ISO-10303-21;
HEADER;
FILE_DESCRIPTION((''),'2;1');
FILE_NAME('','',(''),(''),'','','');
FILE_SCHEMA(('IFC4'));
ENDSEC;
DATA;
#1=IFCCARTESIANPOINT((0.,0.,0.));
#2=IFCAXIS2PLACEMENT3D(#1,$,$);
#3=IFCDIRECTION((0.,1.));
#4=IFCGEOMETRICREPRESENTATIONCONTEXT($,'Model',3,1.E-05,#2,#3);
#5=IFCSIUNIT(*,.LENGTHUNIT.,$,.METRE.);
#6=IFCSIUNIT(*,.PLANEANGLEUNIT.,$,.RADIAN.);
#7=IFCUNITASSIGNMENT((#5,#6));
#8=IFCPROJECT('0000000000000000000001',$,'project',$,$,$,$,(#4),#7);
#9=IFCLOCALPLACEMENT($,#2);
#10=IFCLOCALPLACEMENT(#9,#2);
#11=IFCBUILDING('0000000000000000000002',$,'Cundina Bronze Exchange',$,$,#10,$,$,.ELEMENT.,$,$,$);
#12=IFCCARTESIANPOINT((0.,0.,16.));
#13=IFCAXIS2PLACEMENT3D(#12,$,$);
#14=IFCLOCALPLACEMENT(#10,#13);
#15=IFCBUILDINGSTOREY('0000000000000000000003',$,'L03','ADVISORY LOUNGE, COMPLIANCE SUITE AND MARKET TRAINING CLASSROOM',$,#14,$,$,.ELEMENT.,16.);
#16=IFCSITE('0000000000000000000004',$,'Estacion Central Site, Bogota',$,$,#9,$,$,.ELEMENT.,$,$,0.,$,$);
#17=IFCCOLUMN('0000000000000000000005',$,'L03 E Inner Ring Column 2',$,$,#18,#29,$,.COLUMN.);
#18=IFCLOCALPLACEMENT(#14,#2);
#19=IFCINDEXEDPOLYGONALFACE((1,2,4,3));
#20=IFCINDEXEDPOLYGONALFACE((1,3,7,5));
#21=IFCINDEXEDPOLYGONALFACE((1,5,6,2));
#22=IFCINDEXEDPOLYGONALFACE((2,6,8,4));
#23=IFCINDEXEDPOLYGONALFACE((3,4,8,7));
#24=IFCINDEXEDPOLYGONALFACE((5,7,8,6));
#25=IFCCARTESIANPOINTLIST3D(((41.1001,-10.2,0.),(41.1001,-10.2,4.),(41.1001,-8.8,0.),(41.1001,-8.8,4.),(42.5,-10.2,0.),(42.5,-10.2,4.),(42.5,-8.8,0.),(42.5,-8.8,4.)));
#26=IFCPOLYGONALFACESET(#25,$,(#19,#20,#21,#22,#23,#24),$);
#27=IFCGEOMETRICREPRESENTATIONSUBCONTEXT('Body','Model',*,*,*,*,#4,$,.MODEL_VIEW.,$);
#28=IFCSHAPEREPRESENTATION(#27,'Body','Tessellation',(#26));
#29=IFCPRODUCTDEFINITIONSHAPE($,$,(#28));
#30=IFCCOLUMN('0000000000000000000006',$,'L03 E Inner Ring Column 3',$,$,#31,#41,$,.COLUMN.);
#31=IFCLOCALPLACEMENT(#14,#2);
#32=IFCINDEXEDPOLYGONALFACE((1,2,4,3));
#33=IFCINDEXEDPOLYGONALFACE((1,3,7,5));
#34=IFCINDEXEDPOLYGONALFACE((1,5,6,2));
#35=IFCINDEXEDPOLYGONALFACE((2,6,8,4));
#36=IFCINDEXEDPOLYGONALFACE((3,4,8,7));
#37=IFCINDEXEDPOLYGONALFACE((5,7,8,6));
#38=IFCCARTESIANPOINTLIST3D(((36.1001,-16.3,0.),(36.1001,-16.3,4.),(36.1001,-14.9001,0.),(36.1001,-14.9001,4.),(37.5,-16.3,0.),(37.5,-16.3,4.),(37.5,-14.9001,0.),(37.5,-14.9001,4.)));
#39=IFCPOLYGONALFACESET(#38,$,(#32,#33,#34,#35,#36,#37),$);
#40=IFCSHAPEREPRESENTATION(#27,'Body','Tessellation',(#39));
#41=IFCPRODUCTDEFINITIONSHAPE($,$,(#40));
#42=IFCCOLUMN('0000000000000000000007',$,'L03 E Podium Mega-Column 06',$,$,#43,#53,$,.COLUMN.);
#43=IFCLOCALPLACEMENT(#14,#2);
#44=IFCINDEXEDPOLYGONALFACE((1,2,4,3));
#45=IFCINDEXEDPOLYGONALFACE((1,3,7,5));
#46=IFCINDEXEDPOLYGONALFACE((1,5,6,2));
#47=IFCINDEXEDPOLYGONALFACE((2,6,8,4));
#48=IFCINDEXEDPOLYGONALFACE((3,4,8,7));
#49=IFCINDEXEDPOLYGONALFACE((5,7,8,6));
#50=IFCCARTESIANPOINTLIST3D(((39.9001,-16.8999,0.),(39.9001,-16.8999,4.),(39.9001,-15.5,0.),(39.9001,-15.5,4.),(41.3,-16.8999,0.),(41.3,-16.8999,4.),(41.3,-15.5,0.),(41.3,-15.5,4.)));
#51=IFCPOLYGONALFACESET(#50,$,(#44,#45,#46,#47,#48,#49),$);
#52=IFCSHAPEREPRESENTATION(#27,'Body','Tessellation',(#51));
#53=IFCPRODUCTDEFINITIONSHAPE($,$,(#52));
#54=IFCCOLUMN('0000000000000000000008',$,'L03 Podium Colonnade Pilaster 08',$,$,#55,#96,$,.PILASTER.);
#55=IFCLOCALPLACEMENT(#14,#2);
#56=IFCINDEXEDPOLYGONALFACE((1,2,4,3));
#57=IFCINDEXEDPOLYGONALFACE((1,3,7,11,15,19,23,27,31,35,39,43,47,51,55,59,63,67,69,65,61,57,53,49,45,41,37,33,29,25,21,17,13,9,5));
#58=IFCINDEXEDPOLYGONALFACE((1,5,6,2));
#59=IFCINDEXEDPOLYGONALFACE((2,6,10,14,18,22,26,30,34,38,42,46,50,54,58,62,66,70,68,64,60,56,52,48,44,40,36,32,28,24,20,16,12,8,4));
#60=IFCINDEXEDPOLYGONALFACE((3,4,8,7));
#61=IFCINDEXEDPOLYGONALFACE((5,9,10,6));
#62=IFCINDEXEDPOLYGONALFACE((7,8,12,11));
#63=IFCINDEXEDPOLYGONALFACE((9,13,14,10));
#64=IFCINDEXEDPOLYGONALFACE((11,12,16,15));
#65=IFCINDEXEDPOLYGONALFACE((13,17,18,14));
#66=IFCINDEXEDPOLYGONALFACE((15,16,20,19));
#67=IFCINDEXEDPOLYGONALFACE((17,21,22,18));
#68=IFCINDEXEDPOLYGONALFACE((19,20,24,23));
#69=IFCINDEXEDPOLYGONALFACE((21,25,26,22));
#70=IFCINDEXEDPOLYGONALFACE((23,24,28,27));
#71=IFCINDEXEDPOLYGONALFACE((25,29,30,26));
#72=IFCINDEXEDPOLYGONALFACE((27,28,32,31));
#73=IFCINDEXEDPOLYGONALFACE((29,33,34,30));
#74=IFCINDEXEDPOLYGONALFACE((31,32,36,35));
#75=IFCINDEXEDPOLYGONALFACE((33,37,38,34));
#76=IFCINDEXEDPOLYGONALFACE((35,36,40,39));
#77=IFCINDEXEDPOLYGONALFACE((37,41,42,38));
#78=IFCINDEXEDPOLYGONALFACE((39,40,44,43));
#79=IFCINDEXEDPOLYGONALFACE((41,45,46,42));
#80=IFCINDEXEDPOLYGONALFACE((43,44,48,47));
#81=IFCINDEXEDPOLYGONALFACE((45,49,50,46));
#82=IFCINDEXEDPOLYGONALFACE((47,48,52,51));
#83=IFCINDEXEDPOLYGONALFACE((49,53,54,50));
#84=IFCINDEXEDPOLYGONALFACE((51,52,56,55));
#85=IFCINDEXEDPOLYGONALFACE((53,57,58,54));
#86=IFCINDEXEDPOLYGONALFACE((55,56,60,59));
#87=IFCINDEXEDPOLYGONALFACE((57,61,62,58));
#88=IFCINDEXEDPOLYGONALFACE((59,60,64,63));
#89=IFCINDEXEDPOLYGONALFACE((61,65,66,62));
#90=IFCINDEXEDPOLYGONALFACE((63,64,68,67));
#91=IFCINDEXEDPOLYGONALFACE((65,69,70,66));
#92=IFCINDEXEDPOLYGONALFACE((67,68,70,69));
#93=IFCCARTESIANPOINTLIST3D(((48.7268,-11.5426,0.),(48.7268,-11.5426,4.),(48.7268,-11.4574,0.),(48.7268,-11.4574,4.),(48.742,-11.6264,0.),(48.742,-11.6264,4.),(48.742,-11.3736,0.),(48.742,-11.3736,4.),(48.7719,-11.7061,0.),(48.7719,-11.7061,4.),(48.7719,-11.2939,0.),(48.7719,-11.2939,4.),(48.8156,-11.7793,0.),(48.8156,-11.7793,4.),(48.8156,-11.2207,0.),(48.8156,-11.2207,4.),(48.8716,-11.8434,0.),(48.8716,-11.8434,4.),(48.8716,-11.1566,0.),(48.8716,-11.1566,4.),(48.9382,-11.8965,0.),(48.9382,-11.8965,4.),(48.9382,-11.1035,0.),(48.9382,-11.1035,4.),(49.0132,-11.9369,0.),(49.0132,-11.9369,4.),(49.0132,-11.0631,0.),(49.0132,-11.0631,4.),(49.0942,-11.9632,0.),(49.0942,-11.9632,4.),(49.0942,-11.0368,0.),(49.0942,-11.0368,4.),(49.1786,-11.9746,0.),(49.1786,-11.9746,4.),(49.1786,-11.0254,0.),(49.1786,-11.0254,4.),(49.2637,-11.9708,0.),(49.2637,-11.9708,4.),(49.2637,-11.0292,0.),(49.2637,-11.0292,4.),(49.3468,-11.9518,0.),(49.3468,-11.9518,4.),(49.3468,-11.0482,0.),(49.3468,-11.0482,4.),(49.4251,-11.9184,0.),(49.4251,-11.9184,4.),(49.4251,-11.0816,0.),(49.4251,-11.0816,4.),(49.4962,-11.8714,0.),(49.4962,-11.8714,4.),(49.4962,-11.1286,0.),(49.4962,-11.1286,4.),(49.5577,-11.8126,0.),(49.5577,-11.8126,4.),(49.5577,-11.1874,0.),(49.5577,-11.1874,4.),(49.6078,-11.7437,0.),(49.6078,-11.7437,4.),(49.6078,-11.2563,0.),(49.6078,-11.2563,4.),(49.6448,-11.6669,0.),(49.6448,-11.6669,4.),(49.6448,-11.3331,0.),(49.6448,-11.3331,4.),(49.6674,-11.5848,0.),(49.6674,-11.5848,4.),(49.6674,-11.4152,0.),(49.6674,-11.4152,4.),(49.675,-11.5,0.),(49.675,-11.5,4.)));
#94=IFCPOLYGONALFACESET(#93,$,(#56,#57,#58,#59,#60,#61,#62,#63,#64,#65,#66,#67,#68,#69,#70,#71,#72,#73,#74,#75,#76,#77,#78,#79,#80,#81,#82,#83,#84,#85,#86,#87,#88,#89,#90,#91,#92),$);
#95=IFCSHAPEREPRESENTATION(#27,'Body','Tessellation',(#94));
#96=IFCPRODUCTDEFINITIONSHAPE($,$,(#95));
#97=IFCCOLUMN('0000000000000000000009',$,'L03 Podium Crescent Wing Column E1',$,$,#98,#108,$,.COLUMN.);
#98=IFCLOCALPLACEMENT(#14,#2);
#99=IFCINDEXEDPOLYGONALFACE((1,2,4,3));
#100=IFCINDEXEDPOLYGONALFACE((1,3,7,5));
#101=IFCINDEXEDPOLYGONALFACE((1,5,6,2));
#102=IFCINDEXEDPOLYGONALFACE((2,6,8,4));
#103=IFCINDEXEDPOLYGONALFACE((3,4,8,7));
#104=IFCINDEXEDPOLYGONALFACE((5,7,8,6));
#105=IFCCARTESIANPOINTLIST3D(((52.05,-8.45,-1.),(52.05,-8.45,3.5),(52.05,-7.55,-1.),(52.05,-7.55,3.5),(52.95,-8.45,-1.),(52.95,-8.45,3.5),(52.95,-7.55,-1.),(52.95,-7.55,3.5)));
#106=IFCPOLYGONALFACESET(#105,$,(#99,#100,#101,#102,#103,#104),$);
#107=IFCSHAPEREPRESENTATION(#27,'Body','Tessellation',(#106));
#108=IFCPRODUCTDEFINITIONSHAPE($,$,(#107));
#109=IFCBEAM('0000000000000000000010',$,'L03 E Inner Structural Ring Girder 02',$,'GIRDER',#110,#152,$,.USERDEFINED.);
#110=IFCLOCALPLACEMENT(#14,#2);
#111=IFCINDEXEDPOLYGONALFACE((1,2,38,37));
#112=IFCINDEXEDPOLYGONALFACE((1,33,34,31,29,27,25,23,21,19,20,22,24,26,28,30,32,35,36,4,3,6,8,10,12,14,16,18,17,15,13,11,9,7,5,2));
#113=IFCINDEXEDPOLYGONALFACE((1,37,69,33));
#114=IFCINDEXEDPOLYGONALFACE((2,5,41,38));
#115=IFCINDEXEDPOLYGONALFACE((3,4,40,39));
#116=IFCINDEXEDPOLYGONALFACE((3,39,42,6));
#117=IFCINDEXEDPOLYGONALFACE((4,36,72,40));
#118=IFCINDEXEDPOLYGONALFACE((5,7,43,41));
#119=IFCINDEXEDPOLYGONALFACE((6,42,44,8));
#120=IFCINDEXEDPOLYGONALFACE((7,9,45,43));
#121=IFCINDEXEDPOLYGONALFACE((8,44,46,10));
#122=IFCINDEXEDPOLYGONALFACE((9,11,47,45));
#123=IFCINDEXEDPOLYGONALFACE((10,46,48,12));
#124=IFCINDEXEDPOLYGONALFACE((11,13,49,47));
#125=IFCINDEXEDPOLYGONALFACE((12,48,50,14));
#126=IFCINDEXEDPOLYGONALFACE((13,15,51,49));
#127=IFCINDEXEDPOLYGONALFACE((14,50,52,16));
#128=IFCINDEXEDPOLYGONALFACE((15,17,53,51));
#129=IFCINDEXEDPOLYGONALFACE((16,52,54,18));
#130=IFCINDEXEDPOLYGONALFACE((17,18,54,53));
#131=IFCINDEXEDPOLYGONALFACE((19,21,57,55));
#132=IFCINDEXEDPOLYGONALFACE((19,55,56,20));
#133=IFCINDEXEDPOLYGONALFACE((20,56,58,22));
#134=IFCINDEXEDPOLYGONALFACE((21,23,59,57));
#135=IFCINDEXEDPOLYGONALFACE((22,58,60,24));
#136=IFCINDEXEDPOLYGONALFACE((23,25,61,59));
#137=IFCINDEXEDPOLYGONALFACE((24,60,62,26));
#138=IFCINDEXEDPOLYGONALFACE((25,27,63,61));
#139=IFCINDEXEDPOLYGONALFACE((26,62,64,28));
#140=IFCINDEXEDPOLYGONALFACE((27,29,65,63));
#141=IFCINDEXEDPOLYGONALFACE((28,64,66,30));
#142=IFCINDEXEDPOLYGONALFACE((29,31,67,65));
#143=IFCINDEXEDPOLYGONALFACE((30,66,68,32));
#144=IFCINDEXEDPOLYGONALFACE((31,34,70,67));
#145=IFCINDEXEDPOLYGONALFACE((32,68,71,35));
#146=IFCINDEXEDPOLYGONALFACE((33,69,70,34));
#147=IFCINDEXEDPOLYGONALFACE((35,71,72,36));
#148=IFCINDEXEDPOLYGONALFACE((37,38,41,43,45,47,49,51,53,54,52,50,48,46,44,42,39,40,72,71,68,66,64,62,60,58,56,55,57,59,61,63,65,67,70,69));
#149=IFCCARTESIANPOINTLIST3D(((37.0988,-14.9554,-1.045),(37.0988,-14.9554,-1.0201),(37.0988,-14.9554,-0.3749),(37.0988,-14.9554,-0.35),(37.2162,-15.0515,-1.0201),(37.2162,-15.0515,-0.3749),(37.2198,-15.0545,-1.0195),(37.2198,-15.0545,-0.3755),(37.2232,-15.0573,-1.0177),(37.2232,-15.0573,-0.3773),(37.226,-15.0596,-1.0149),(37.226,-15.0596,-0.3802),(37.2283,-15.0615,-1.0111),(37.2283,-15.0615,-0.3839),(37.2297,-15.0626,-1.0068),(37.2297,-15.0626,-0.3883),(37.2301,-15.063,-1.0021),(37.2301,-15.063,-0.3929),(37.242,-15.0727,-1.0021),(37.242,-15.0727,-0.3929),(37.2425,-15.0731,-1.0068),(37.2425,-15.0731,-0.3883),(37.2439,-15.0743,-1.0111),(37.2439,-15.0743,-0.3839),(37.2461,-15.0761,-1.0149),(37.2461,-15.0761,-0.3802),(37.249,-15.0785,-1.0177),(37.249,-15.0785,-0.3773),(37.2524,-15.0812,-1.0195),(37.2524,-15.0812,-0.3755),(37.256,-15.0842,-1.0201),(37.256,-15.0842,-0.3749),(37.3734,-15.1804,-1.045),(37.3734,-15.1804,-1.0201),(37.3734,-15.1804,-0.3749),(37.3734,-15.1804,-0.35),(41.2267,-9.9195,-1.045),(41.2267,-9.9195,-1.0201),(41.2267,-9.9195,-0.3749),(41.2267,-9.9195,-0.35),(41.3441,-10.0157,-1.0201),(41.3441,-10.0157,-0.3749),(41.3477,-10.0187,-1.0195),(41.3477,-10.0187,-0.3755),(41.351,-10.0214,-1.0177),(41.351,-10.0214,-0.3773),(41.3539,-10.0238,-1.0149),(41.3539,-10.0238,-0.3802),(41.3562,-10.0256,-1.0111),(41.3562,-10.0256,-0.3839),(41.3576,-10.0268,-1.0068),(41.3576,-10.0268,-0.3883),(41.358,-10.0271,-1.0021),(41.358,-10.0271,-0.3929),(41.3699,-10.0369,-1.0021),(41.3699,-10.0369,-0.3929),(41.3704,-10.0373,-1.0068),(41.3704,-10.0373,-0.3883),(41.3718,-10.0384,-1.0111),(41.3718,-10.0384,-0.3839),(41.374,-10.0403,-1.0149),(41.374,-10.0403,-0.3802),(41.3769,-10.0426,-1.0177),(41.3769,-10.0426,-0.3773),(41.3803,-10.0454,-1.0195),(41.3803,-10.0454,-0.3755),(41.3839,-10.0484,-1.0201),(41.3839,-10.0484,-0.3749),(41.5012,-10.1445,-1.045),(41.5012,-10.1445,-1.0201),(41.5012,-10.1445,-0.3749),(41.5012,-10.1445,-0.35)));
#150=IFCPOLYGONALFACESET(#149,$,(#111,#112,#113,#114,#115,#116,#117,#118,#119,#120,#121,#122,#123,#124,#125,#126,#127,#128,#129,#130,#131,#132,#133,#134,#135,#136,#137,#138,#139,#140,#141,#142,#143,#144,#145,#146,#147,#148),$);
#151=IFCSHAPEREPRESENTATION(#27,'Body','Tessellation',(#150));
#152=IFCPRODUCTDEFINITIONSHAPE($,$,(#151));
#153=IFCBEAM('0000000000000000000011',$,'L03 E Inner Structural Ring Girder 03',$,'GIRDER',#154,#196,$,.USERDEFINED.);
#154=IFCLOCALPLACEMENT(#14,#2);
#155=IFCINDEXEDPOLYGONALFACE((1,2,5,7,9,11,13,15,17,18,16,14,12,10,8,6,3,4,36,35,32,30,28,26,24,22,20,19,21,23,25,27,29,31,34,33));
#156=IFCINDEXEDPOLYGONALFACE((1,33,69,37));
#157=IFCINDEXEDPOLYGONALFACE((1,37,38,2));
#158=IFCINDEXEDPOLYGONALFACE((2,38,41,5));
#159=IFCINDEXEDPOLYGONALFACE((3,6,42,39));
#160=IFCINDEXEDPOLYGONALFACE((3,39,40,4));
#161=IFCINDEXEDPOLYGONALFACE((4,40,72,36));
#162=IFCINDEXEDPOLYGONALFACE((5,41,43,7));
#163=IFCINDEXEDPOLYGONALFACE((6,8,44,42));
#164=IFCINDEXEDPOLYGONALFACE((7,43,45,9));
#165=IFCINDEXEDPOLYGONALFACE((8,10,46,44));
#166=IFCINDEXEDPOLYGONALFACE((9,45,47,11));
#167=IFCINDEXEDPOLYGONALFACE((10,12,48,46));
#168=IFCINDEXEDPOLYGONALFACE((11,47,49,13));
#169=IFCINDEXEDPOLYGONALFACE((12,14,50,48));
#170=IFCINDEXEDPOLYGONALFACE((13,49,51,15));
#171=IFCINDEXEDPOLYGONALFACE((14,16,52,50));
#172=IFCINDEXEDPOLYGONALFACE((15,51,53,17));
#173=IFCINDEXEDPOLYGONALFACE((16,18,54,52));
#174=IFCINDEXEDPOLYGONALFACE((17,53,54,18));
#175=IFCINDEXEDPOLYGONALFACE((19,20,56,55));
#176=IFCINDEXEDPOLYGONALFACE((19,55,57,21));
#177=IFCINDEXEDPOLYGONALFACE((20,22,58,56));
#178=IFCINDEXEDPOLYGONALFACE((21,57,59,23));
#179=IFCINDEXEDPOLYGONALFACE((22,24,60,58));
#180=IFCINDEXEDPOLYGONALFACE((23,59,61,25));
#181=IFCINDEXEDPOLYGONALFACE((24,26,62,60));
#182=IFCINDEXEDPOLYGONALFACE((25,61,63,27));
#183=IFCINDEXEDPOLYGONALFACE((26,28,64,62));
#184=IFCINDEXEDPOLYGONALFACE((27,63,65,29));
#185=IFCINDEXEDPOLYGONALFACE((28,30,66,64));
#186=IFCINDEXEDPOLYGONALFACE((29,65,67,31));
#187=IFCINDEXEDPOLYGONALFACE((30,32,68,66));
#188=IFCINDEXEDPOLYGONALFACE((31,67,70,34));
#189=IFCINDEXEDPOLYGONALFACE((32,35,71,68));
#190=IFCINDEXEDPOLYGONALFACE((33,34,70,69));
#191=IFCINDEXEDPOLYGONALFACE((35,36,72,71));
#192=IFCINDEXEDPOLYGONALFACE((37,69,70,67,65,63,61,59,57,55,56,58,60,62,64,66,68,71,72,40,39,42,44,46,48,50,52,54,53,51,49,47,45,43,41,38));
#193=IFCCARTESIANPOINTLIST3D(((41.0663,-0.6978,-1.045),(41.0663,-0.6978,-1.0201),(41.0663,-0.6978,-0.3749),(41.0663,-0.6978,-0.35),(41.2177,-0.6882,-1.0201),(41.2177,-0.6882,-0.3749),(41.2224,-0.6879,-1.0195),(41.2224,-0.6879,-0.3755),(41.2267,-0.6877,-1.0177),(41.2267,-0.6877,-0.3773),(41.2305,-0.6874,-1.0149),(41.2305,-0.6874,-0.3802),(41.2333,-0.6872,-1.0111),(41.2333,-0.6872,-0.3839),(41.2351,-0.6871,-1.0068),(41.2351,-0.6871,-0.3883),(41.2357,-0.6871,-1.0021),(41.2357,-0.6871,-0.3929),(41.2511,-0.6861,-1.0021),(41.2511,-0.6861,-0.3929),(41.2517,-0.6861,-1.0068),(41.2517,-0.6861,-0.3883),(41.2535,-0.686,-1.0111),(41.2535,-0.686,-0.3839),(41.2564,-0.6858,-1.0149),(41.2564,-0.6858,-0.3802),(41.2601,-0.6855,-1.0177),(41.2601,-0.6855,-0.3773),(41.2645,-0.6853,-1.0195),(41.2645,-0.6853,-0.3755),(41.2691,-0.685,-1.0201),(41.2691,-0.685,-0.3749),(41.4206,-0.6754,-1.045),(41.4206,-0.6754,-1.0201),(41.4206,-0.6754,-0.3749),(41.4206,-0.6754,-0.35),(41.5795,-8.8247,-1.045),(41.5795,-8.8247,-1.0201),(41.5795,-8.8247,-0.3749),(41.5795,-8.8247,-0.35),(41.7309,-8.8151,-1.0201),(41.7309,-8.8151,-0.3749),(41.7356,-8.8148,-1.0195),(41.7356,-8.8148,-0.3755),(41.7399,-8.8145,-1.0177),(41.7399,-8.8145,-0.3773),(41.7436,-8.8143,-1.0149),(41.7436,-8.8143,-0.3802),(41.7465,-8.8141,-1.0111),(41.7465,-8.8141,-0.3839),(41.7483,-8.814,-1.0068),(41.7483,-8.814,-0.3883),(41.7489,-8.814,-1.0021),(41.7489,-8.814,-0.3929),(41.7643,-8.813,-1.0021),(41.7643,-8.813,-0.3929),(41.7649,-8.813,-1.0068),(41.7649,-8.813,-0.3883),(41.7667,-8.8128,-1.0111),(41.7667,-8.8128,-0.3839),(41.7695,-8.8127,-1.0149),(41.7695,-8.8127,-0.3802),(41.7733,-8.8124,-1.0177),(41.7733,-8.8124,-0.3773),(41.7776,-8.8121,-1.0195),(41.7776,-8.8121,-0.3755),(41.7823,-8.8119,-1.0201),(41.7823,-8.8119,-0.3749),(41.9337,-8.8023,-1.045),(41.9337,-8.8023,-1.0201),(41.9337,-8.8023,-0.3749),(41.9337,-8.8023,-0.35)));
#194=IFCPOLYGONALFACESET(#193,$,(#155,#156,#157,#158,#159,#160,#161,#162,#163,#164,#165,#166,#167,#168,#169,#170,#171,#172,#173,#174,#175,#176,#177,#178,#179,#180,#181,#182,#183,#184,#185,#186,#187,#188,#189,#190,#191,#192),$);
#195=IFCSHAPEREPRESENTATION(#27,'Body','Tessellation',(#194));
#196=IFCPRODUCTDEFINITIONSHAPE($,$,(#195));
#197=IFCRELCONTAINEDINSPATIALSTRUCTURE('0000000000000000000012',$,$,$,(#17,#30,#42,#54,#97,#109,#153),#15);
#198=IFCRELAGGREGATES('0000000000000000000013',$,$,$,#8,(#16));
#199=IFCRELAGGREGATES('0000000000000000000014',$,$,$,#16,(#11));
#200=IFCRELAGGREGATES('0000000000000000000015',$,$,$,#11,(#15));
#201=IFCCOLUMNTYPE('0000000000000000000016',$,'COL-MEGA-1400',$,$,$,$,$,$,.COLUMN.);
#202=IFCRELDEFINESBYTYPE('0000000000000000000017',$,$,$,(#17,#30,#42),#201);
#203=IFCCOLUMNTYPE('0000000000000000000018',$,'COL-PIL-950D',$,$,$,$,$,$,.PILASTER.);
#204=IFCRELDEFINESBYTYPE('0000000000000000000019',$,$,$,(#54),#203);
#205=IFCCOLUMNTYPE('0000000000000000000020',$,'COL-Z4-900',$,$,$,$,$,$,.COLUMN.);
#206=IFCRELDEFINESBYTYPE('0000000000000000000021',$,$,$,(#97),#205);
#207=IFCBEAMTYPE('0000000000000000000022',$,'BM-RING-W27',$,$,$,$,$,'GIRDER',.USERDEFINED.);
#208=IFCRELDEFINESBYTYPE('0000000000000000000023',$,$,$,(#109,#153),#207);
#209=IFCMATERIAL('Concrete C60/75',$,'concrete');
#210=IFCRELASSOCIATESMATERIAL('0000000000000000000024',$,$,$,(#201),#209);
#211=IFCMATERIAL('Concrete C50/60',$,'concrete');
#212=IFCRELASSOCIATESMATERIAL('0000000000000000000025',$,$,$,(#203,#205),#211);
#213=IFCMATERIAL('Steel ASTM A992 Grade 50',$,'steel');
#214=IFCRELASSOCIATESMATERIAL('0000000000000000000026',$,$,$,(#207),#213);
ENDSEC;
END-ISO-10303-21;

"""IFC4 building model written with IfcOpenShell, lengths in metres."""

from ifc_helpers import new_model, si_unit, direction, frame, origin, origin_2d, place, context, subcontext, project, spatial, rectangle, circle, i_section, extrude, material, material_profile, profile_set, type_object, element, save


model = new_model("IFC4")

# Units and contexts
model_context = context("Model", 3, precision=1e-05, world=origin(), true_north=direction((0.0, 1.0)))
body_context = subcontext(model_context, "Body", "Model", "MODEL_VIEW")
ifc_project = project(units=[si_unit("LENGTHUNIT", "METRE"), si_unit("PLANEANGLEUNIT", "RADIAN")], contexts=[model_context])

# Site, building, storey
site_placement = place(None, origin())
site = spatial("IfcSite", under=ifc_project, at=site_placement, Name="Estacion Central Site, Bogota", CompositionType="ELEMENT", RefElevation=0.0)
building_placement = place(site_placement, origin())
building = spatial("IfcBuilding", under=site, at=building_placement, Name="Cundina Bronze Exchange", CompositionType="ELEMENT")
storey_placement = place(building_placement, frame((0.0, 0.0, 16.0)))
storey = spatial("IfcBuildingStorey", under=building, at=storey_placement, Name="L03", Description="ADVISORY LOUNGE, COMPLIANCE SUITE AND MARKET TRAINING CLASSROOM", CompositionType="ELEMENT", Elevation=16.0)

# Columns
ifc_material_1 = material(Name="Concrete C60/75", Category="concrete")
ifc_material_profile_1 = material_profile(ifc_material_1, rectangle(XDim=1.3999, YDim=1.3999, at=origin_2d()), Name="RC1400X1400", Category="concrete")
ifc_profile_set_1 = profile_set([ifc_material_profile_1], Name="Concrete C60/75")
column_type_1 = type_object("IfcColumnType", Name="COL-MEGA-1400", PredefinedType="COLUMN", material=ifc_profile_set_1)
for number, where, z_axis, x_axis, name in (
    (1, (41.8, -9.5, 0.0), (0.0, 0.0, 1.0), (1.0, 0.0, 0.0), "L03 E Inner Ring Column 2"),
    (2, (36.8, -15.6001, 0.0), (0.0, 0.0, 1.0), (1.0, 0.0, 0.0), "L03 E Inner Ring Column 3"),
    (3, (40.6001, -16.2, 0.0), (0.0, 0.0, 1.0), (1.0, 0.0, 0.0), "L03 E Podium Mega-Column 06"),
):
    element("IfcColumn", number, at=place(storey_placement, frame(where, z_axis=z_axis, x_axis=x_axis)), inside=storey, type_object=column_type_1, Name=name, PredefinedType="COLUMN", context=body_context, shape_type="SweptSolid", body=[
        extrude(rectangle(XDim=1.3999, YDim=1.3999, at=origin_2d()), origin(), (0.0, 0.0, 1.0), 4.0),
    ])
ifc_material_2 = material(Name="Concrete C50/60", Category="concrete")
ifc_material_profile_2 = material_profile(ifc_material_2, circle(Radius=0.4751, at=origin_2d()), Name="RC950D", Category="concrete")
ifc_profile_set_2 = profile_set([ifc_material_profile_2], Name="Concrete C50/60")
column_type_2 = type_object("IfcColumnType", Name="COL-PIL-950D", PredefinedType="PILASTER", material=ifc_profile_set_2)
column_1_placement = place(storey_placement, frame((49.2, -11.5, 0.0), z_axis=(0.0, 0.0, 1.0), x_axis=(1.0, 0.0, 0.0)))
element("IfcColumn", 4, at=column_1_placement, inside=storey, type_object=column_type_2, Name="L03 Podium Colonnade Pilaster 08", PredefinedType="PILASTER", context=body_context, shape_type="SweptSolid", body=[
    extrude(circle(Radius=0.4751, at=origin_2d()), origin(), (0.0, 0.0, 1.0), 4.0),
])
ifc_material_profile_3 = material_profile(ifc_material_2, rectangle(XDim=0.8999, YDim=0.8999, at=origin_2d()), Name="RC900X900", Category="concrete")
ifc_profile_set_3 = profile_set([ifc_material_profile_3], Name="Concrete C50/60")
column_type_3 = type_object("IfcColumnType", Name="COL-Z4-900", PredefinedType="COLUMN", material=ifc_profile_set_3)
column_2_placement = place(storey_placement, frame((52.5, -8.0, -1.0), z_axis=(0.0, 0.0, 1.0), x_axis=(1.0, 0.0, 0.0)))
element("IfcColumn", 5, at=column_2_placement, inside=storey, type_object=column_type_3, Name="L03 Podium Crescent Wing Column E1", PredefinedType="COLUMN", context=body_context, shape_type="SweptSolid", body=[
    extrude(rectangle(XDim=0.8999, YDim=0.8999, at=origin_2d()), origin(), (0.0, 0.0, 1.0), 4.5),
])

# Beams
ifc_material_3 = material(Name="Steel ASTM A992 Grade 50", Category="steel")
ifc_material_profile_4 = material_profile(ifc_material_3, i_section(OverallWidth=0.355, OverallDepth=0.6951, WebThickness=0.0154, FlangeThickness=0.0249, FilletRadius=0.0181, at=origin_2d()), Name="W27X146", Category="steel")
ifc_profile_set_4 = profile_set([ifc_material_profile_4], Name="Steel ASTM A992 Grade 50")
beam_type_1 = type_object("IfcBeamType", Name="BM-RING-W27", ElementType="GIRDER", PredefinedType="USERDEFINED", material=ifc_profile_set_4)
beam_1_placement = place(storey_placement, frame((37.2361, -15.0679, -0.6975), z_axis=(0.633942, 0.773381, 0.0), x_axis=(-0.773381, 0.633942, 0.0)))
element("IfcBeam", 6, at=beam_1_placement, inside=storey, type_object=beam_type_1, Name="L03 E Inner Structural Ring Girder 02", ObjectType="GIRDER", PredefinedType="USERDEFINED", context=body_context, shape_type="SweptSolid", body=[
    extrude(i_section(OverallWidth=0.355, OverallDepth=0.6951, WebThickness=0.0154, FlangeThickness=0.0249, FilletRadius=0.0181, at=origin_2d()), origin(), (0.0, 0.0, 1.0), 6.5115),
])
beam_2_placement = place(storey_placement, frame((41.7566, -8.8135, -0.6975), z_axis=(-0.06302, 0.998012, 0.0), x_axis=(-0.998012, -0.06302, 0.0)))
element("IfcBeam", 7, at=beam_2_placement, inside=storey, type_object=beam_type_1, Name="L03 E Inner Structural Ring Girder 03", ObjectType="GIRDER", PredefinedType="USERDEFINED", context=body_context, shape_type="SweptSolid", body=[
    extrude(i_section(OverallWidth=0.355, OverallDepth=0.6951, WebThickness=0.0154, FlangeThickness=0.0249, FilletRadius=0.0181, at=origin_2d()), origin(), (0.0, 0.0, 1.0), 8.1431),
])

save(model, "model.ifc")
